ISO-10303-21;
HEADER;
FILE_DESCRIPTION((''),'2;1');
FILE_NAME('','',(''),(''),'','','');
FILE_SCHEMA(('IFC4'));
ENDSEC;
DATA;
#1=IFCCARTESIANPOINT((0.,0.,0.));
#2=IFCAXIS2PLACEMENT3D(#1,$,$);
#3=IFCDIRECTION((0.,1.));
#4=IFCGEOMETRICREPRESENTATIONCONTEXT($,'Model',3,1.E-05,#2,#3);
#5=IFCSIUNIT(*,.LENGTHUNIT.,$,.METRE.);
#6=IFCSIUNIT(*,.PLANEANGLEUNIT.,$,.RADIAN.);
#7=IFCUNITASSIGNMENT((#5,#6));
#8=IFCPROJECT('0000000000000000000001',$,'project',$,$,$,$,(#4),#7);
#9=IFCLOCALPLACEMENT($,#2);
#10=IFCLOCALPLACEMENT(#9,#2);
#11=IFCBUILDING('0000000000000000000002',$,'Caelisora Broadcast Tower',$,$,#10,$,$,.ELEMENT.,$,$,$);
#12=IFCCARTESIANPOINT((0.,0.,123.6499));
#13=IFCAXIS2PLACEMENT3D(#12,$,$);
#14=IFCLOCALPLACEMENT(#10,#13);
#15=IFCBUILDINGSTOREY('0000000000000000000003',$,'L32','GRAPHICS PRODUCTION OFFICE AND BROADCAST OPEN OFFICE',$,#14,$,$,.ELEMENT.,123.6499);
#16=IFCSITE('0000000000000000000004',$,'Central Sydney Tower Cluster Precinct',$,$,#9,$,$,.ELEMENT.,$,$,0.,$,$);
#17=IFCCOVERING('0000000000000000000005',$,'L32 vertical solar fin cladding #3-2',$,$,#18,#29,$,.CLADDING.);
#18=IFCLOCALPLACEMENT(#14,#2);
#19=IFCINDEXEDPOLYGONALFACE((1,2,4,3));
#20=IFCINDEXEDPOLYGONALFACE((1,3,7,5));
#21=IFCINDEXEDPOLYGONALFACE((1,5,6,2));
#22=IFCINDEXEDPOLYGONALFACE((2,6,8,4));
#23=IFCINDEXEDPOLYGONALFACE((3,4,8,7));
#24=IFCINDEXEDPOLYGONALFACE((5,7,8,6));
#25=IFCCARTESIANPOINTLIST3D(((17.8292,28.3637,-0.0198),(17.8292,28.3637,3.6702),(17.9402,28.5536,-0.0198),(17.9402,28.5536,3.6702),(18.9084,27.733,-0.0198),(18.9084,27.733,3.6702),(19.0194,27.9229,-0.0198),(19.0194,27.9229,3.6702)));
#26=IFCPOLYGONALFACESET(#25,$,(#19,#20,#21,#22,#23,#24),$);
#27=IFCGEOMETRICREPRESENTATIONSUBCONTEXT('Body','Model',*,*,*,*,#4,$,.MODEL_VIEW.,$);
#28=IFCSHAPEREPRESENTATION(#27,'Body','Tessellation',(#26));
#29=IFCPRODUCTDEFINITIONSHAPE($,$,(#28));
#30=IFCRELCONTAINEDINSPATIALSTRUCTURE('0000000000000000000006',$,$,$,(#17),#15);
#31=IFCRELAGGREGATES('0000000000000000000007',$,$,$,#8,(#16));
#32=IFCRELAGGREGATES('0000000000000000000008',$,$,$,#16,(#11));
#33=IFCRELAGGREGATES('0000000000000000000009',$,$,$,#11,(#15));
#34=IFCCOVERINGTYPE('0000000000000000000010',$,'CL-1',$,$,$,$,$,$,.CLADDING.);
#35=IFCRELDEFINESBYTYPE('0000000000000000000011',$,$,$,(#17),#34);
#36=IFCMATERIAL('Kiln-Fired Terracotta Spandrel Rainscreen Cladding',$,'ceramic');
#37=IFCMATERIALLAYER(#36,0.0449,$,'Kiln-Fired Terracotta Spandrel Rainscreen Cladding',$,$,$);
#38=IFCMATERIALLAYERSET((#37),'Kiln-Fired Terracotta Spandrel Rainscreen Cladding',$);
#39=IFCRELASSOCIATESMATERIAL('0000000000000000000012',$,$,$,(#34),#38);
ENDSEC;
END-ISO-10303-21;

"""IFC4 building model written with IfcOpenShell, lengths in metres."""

from ifc_helpers import new_model, si_unit, direction, frame, origin, origin_2d, place, context, subcontext, project, spatial, rectangle, extrude, source, transform, mapped, material, layer, layer_set, type_object, type_shapes, element, save


model = new_model("IFC4")

# Units and contexts
model_context = context("Model", 3, precision=1e-05, world=origin(), true_north=direction((0.0, 1.0)))
body_context = subcontext(model_context, "Body", "Model", "MODEL_VIEW")
ifc_project = project(units=[si_unit("LENGTHUNIT", "METRE"), si_unit("PLANEANGLEUNIT", "RADIAN")], contexts=[model_context])

# Site, building, storey
site_placement = place(None, origin())
site = spatial("IfcSite", under=ifc_project, at=site_placement, Name="Central Sydney Tower Cluster Precinct", CompositionType="ELEMENT", RefElevation=0.0)
building_placement = place(site_placement, origin())
building = spatial("IfcBuilding", under=site, at=building_placement, Name="Caelisora Broadcast Tower", CompositionType="ELEMENT")
storey_placement = place(building_placement, frame((0.0, 0.0, 123.6499)))
storey = spatial("IfcBuildingStorey", under=building, at=storey_placement, Name="L32", Description="GRAPHICS PRODUCTION OFFICE AND BROADCAST OPEN OFFICE", CompositionType="ELEMENT", Elevation=123.6499)

# Covering
ifc_material_1 = material(Name="Kiln-Fired Terracotta Spandrel Rainscreen Cladding", Category="ceramic")
ifc_layer_1 = layer(ifc_material_1, 0.0449, Name="Kiln-Fired Terracotta Spandrel Rainscreen Cladding")
ifc_layer_set_1 = layer_set([ifc_layer_1], Name="Kiln-Fired Terracotta Spandrel Rainscreen Cladding")
covering_type = type_object("IfcCoveringType", Name="CL-1", PredefinedType="CLADDING", material=ifc_layer_set_1)
shared_shape_1 = source(origin(), body_context, "Body", "SweptSolid", [
    extrude(rectangle(XDim=0.22, YDim=1.25, at=origin_2d()), origin(), (0.0, 0.0, 1.0), 3.6899),
])
type_shapes(covering_type, [shared_shape_1])
covering_placement = place(storey_placement, frame((18.4243, 28.1433, -0.0198), z_axis=(0.0, 0.0, 1.0), x_axis=(0.504528, 0.863396, 0.0)))
element("IfcCovering", 1, at=covering_placement, inside=storey, type_object=covering_type, Name="L32 vertical solar fin cladding #3-2", PredefinedType="CLADDING", context=body_context, shape_type="MappedRepresentation", body=[
    mapped(shared_shape_1, transform((0.0, 0.0, 0.0), scale=1.0)),
])

save(model, "model.ifc")
